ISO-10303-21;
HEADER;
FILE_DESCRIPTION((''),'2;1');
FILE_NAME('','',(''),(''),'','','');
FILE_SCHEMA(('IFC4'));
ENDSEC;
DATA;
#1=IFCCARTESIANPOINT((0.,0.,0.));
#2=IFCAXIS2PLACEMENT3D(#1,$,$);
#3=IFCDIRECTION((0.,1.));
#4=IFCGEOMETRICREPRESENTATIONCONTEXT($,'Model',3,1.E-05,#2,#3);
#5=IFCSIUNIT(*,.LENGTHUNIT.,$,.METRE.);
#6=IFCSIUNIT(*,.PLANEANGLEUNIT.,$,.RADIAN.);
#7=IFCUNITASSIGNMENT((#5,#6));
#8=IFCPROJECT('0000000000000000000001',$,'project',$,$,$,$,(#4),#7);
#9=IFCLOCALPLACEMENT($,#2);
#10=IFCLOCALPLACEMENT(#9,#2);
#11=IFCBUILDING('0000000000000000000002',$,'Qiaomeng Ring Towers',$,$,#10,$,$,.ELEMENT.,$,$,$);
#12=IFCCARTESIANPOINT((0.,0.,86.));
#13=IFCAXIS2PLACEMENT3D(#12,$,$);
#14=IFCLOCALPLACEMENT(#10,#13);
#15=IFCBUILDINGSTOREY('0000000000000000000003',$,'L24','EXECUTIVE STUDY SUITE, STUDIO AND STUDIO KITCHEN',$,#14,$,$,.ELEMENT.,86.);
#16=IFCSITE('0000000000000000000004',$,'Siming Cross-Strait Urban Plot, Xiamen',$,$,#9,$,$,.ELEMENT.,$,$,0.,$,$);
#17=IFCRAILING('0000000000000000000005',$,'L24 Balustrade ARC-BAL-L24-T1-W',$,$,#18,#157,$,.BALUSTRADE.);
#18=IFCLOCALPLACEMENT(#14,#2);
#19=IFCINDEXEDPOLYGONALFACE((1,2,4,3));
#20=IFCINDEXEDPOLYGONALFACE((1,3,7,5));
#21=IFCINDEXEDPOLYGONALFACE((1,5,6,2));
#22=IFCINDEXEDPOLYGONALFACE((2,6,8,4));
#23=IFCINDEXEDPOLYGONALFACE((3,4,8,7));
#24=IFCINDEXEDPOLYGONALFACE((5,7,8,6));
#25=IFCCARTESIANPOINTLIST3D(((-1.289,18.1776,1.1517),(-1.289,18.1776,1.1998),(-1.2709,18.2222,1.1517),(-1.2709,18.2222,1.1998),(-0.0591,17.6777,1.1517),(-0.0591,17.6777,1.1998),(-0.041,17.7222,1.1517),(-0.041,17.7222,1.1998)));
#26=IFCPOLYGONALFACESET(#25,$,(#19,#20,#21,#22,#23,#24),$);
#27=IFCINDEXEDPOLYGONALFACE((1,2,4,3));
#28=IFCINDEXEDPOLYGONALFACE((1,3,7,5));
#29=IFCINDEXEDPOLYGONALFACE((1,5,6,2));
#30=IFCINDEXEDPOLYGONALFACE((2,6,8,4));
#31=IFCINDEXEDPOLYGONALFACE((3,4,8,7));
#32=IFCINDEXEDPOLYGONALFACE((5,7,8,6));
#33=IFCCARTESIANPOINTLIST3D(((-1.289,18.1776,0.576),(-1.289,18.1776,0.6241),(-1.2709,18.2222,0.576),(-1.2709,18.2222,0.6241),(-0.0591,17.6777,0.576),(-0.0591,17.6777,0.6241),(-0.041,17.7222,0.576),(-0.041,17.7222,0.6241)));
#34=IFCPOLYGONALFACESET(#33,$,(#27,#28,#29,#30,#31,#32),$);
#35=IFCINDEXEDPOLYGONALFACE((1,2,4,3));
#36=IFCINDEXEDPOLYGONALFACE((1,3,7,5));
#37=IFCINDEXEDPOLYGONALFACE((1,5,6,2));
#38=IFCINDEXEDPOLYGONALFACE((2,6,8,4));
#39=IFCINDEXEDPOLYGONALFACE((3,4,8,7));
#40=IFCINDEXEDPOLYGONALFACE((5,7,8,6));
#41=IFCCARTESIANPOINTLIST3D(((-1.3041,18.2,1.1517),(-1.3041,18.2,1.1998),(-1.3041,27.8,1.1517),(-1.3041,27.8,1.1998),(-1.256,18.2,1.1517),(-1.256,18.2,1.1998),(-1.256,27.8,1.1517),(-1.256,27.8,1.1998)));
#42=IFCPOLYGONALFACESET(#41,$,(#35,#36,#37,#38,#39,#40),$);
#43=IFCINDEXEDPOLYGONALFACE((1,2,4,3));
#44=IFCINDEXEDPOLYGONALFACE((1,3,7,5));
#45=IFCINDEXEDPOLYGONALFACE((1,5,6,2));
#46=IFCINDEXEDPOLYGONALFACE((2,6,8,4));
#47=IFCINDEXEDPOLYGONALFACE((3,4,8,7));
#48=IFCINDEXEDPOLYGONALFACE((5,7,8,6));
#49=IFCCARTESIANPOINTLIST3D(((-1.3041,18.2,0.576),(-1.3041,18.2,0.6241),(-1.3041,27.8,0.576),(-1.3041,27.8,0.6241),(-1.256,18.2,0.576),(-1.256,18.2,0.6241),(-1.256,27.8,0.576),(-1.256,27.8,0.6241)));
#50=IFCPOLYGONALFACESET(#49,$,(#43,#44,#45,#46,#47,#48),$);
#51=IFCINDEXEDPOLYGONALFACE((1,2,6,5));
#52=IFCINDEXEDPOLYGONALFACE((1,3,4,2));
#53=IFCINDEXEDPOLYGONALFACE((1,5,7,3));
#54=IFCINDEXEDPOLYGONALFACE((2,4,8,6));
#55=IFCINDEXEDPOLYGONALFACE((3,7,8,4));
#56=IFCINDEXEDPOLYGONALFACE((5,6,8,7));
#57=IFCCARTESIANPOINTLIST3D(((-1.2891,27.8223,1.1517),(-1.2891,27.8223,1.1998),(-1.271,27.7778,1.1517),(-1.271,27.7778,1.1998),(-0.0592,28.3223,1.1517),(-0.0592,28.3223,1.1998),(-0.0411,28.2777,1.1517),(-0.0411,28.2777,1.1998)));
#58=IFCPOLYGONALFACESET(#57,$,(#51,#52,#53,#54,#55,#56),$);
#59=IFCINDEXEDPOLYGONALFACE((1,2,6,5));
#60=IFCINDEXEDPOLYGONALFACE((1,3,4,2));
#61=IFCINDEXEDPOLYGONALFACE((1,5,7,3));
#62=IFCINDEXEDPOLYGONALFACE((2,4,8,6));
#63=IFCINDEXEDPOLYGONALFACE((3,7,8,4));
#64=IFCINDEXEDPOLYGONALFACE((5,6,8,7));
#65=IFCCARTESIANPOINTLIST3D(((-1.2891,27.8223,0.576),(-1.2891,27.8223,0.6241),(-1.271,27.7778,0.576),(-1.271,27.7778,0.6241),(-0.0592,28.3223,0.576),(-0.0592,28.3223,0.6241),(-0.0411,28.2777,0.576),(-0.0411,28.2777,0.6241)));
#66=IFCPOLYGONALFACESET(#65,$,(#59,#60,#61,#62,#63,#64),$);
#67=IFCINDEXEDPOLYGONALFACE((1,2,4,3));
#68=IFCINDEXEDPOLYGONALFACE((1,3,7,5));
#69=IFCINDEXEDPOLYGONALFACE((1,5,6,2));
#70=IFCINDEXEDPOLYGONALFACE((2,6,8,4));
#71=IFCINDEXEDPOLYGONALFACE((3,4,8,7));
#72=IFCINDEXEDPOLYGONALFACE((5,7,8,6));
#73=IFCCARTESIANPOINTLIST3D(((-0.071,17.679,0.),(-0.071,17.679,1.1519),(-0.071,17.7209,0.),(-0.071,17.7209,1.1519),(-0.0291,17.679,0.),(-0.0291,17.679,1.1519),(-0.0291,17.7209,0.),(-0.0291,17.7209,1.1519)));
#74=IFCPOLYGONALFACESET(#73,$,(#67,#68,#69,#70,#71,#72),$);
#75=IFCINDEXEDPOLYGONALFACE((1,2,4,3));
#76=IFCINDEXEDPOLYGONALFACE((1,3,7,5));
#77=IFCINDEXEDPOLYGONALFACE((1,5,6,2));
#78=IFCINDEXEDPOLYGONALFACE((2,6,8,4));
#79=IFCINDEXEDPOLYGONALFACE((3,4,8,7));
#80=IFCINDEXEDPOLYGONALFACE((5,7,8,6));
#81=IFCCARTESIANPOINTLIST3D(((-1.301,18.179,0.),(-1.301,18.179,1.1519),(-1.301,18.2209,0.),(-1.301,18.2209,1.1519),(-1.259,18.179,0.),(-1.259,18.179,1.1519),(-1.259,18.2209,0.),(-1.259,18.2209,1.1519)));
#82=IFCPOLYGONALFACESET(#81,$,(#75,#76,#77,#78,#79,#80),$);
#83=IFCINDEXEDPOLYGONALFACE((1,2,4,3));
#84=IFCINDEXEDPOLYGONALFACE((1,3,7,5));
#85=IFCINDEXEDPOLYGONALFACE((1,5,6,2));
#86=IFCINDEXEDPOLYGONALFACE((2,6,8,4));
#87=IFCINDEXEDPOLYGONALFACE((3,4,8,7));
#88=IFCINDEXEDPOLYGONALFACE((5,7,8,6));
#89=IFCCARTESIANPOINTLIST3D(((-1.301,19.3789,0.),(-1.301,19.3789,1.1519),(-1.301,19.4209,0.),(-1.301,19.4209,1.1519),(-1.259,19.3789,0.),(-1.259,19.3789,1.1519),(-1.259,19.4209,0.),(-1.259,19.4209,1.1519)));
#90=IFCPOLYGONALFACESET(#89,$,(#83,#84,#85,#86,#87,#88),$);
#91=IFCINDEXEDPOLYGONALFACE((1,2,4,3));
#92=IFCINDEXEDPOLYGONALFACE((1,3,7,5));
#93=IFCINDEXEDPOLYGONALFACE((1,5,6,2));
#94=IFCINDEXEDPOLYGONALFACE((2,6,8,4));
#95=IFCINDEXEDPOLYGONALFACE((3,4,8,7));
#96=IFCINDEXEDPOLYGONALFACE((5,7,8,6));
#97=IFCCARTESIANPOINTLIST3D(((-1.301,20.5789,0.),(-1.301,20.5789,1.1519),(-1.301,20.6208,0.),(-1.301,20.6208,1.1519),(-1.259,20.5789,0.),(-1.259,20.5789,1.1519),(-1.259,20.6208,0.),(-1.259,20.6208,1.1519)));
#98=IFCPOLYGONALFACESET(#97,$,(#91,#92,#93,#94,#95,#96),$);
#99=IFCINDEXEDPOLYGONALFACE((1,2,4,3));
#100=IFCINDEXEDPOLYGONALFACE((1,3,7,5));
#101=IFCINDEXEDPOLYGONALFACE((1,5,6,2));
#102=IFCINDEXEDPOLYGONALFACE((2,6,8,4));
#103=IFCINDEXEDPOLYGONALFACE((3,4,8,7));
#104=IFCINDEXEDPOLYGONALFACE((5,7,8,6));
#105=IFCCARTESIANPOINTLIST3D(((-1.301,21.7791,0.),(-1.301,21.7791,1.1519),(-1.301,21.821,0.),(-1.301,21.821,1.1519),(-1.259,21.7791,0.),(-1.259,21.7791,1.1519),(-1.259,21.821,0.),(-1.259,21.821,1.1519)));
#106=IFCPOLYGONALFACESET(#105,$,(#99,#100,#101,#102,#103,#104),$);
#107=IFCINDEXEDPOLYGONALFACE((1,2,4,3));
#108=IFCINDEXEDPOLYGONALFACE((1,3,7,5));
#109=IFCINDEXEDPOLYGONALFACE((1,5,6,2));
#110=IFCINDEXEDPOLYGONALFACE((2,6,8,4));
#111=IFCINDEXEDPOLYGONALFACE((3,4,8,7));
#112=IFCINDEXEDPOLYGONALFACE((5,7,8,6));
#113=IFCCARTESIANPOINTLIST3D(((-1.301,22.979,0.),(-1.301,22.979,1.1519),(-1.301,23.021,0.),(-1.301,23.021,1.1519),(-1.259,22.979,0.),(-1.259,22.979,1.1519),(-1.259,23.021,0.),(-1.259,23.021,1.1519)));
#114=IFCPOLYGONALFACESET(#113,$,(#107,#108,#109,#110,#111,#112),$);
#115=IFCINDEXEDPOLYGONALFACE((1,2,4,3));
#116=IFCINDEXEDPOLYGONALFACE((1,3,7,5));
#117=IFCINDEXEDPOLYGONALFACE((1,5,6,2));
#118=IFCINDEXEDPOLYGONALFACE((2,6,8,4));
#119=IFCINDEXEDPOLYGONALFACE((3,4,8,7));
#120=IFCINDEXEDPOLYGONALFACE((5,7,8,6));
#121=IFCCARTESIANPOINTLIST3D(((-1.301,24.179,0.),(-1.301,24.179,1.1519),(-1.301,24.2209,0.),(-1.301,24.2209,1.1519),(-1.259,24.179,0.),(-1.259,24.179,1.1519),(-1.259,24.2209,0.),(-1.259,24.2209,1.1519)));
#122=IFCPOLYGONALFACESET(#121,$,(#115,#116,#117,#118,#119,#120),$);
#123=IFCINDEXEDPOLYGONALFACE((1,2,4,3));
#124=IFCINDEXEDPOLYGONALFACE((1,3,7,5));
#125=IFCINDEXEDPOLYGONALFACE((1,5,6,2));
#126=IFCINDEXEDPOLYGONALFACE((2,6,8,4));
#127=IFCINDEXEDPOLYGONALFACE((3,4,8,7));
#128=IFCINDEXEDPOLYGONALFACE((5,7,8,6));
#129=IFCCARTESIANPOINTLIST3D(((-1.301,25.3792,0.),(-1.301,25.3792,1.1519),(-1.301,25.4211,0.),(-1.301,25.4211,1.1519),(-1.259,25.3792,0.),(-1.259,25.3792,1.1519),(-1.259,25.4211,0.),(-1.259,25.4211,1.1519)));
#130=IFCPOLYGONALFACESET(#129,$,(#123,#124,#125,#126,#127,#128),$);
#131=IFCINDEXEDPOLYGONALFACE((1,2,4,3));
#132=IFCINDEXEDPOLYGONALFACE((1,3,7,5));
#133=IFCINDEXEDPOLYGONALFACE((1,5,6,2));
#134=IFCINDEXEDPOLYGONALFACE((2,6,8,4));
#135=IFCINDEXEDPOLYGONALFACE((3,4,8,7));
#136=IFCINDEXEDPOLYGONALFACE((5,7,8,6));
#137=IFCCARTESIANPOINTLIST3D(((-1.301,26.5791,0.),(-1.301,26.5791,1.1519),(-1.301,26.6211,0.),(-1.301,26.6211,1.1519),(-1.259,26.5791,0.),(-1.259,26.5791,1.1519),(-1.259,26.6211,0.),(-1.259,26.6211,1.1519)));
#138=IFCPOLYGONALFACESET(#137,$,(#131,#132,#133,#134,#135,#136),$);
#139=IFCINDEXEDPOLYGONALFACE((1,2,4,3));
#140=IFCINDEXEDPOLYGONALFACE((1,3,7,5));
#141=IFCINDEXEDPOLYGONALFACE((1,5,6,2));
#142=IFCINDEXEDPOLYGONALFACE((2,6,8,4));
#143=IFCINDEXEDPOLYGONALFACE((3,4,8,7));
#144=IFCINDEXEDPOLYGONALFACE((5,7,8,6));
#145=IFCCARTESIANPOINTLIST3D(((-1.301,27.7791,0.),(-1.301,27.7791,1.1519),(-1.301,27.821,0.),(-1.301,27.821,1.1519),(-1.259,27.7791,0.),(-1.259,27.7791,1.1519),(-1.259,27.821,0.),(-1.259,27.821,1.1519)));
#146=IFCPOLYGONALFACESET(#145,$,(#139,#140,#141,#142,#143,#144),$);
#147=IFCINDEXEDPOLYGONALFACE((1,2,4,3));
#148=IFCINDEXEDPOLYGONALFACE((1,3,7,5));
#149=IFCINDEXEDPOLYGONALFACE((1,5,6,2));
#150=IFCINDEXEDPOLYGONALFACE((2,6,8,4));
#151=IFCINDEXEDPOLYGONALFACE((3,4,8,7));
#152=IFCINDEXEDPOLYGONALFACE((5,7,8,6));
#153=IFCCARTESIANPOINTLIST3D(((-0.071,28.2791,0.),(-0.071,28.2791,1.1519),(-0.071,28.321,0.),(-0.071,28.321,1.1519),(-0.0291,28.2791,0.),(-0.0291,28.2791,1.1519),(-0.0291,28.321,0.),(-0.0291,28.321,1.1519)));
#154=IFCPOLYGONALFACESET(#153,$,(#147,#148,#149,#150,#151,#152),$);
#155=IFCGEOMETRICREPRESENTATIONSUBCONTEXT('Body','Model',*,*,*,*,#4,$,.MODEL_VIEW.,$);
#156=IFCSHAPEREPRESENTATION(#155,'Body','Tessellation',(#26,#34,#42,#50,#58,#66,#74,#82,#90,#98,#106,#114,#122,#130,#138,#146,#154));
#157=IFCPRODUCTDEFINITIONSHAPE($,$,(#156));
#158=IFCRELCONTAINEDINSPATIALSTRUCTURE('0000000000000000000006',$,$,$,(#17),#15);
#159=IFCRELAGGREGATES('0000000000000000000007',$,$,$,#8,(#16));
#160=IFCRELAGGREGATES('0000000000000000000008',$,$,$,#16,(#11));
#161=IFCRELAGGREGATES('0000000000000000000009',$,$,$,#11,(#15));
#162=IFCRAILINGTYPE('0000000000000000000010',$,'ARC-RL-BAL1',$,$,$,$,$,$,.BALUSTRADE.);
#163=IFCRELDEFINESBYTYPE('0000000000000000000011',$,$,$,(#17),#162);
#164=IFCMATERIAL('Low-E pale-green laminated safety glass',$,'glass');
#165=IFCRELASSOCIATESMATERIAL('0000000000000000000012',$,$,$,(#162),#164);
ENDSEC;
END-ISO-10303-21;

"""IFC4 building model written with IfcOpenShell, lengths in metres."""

from ifc_helpers import new_model, si_unit, direction, frame, origin, origin_2d, place, context, subcontext, project, spatial, rectangle, extrude, material, type_object, element, save


model = new_model("IFC4")

# Units and contexts
model_context = context("Model", 3, precision=1e-05, world=origin(), true_north=direction((0.0, 1.0)))
body_context = subcontext(model_context, "Body", "Model", "MODEL_VIEW")
ifc_project = project(units=[si_unit("LENGTHUNIT", "METRE"), si_unit("PLANEANGLEUNIT", "RADIAN")], contexts=[model_context])

# Site, building, storey
site_placement = place(None, origin())
site = spatial("IfcSite", under=ifc_project, at=site_placement, Name="Siming Cross-Strait Urban Plot, Xiamen", CompositionType="ELEMENT", RefElevation=0.0)
building_placement = place(site_placement, origin())
building = spatial("IfcBuilding", under=site, at=building_placement, Name="Qiaomeng Ring Towers", CompositionType="ELEMENT")
storey_placement = place(building_placement, frame((0.0, 0.0, 86.0)))
storey = spatial("IfcBuildingStorey", under=building, at=storey_placement, Name="L24", Description="EXECUTIVE STUDY SUITE, STUDIO AND STUDIO KITCHEN", CompositionType="ELEMENT", Elevation=86.0)

# Railing
ifc_material_1 = material(Name="Low-E pale-green laminated safety glass", Category="glass")
railing_type = type_object("IfcRailingType", Name="ARC-RL-BAL1", PredefinedType="BALUSTRADE", material=ifc_material_1)
railing_1_placement = place(storey_placement, frame((-0.05, 17.7, 0.0)))
element("IfcRailing", 1, at=railing_1_placement, inside=storey, type_object=railing_type, Name="L24 Balustrade ARC-BAL-L24-T1-W", PredefinedType="BALUSTRADE", context=body_context, shape_type="SweptSolid", body=[
    extrude(rectangle(XDim=0.0481, YDim=0.0481, at=origin_2d()), frame((0.0, 0.0, 1.1758), z_axis=(-0.926382, 0.376584, 0.0), x_axis=(-0.376584, -0.926382, 0.0)), (0.0, 0.0, 1.0), 1.3276),
    extrude(rectangle(XDim=0.0481, YDim=0.0481, at=origin_2d()), frame((0.0, 0.0, 0.6001), z_axis=(-0.926382, 0.376584, 0.0), x_axis=(-0.376584, -0.926382, 0.0)), (0.0, 0.0, 1.0), 1.3276),
    extrude(rectangle(XDim=0.0481, YDim=0.0481, at=origin_2d()), frame((-1.23, 0.5, 1.1758), z_axis=(0.0, 1.0, 0.0), x_axis=(-1.0, 0.0, 0.0)), (0.0, 0.0, 1.0), 9.6001),
    extrude(rectangle(XDim=0.0481, YDim=0.0481, at=origin_2d()), frame((-1.23, 0.5, 0.6001), z_axis=(0.0, 1.0, 0.0), x_axis=(-1.0, 0.0, 0.0)), (0.0, 0.0, 1.0), 9.6001),
    extrude(rectangle(XDim=0.0481, YDim=0.0481, at=origin_2d()), frame((-1.23, 10.1001, 1.1758), z_axis=(0.926382, 0.376584, 0.0), x_axis=(-0.376584, 0.926382, 0.0)), (0.0, 0.0, 1.0), 1.3276),
    extrude(rectangle(XDim=0.0481, YDim=0.0481, at=origin_2d()), frame((-1.23, 10.1001, 0.6001), z_axis=(0.926382, 0.376584, 0.0), x_axis=(-0.376584, 0.926382, 0.0)), (0.0, 0.0, 1.0), 1.3276),
    extrude(rectangle(XDim=0.042, YDim=0.042, at=origin_2d()), origin(), (0.0, 0.0, 1.0), 1.1519),
    extrude(rectangle(XDim=0.042, YDim=0.042, at=origin_2d()), frame((-1.23, 0.5, 0.0)), (0.0, 0.0, 1.0), 1.1519),
    extrude(rectangle(XDim=0.042, YDim=0.042, at=origin_2d()), frame((-1.23, 1.7, 0.0)), (0.0, 0.0, 1.0), 1.1519),
    extrude(rectangle(XDim=0.042, YDim=0.042, at=origin_2d()), frame((-1.23, 2.8999, 0.0)), (0.0, 0.0, 1.0), 1.1519),
    extrude(rectangle(XDim=0.042, YDim=0.042, at=origin_2d()), frame((-1.23, 4.1001, 0.0)), (0.0, 0.0, 1.0), 1.1519),
    extrude(rectangle(XDim=0.042, YDim=0.042, at=origin_2d()), frame((-1.23, 5.3, 0.0)), (0.0, 0.0, 1.0), 1.1519),
    extrude(rectangle(XDim=0.042, YDim=0.042, at=origin_2d()), frame((-1.23, 6.5, 0.0)), (0.0, 0.0, 1.0), 1.1519),
    extrude(rectangle(XDim=0.042, YDim=0.042, at=origin_2d()), frame((-1.23, 7.7002, 0.0)), (0.0, 0.0, 1.0), 1.1519),
    extrude(rectangle(XDim=0.042, YDim=0.042, at=origin_2d()), frame((-1.23, 8.9001, 0.0)), (0.0, 0.0, 1.0), 1.1519),
    extrude(rectangle(XDim=0.042, YDim=0.042, at=origin_2d()), frame((-1.23, 10.1001, 0.0)), (0.0, 0.0, 1.0), 1.1519),
    extrude(rectangle(XDim=0.042, YDim=0.042, at=origin_2d()), frame((0.0, 10.6001, 0.0)), (0.0, 0.0, 1.0), 1.1519),
])

save(model, "model.ifc")
